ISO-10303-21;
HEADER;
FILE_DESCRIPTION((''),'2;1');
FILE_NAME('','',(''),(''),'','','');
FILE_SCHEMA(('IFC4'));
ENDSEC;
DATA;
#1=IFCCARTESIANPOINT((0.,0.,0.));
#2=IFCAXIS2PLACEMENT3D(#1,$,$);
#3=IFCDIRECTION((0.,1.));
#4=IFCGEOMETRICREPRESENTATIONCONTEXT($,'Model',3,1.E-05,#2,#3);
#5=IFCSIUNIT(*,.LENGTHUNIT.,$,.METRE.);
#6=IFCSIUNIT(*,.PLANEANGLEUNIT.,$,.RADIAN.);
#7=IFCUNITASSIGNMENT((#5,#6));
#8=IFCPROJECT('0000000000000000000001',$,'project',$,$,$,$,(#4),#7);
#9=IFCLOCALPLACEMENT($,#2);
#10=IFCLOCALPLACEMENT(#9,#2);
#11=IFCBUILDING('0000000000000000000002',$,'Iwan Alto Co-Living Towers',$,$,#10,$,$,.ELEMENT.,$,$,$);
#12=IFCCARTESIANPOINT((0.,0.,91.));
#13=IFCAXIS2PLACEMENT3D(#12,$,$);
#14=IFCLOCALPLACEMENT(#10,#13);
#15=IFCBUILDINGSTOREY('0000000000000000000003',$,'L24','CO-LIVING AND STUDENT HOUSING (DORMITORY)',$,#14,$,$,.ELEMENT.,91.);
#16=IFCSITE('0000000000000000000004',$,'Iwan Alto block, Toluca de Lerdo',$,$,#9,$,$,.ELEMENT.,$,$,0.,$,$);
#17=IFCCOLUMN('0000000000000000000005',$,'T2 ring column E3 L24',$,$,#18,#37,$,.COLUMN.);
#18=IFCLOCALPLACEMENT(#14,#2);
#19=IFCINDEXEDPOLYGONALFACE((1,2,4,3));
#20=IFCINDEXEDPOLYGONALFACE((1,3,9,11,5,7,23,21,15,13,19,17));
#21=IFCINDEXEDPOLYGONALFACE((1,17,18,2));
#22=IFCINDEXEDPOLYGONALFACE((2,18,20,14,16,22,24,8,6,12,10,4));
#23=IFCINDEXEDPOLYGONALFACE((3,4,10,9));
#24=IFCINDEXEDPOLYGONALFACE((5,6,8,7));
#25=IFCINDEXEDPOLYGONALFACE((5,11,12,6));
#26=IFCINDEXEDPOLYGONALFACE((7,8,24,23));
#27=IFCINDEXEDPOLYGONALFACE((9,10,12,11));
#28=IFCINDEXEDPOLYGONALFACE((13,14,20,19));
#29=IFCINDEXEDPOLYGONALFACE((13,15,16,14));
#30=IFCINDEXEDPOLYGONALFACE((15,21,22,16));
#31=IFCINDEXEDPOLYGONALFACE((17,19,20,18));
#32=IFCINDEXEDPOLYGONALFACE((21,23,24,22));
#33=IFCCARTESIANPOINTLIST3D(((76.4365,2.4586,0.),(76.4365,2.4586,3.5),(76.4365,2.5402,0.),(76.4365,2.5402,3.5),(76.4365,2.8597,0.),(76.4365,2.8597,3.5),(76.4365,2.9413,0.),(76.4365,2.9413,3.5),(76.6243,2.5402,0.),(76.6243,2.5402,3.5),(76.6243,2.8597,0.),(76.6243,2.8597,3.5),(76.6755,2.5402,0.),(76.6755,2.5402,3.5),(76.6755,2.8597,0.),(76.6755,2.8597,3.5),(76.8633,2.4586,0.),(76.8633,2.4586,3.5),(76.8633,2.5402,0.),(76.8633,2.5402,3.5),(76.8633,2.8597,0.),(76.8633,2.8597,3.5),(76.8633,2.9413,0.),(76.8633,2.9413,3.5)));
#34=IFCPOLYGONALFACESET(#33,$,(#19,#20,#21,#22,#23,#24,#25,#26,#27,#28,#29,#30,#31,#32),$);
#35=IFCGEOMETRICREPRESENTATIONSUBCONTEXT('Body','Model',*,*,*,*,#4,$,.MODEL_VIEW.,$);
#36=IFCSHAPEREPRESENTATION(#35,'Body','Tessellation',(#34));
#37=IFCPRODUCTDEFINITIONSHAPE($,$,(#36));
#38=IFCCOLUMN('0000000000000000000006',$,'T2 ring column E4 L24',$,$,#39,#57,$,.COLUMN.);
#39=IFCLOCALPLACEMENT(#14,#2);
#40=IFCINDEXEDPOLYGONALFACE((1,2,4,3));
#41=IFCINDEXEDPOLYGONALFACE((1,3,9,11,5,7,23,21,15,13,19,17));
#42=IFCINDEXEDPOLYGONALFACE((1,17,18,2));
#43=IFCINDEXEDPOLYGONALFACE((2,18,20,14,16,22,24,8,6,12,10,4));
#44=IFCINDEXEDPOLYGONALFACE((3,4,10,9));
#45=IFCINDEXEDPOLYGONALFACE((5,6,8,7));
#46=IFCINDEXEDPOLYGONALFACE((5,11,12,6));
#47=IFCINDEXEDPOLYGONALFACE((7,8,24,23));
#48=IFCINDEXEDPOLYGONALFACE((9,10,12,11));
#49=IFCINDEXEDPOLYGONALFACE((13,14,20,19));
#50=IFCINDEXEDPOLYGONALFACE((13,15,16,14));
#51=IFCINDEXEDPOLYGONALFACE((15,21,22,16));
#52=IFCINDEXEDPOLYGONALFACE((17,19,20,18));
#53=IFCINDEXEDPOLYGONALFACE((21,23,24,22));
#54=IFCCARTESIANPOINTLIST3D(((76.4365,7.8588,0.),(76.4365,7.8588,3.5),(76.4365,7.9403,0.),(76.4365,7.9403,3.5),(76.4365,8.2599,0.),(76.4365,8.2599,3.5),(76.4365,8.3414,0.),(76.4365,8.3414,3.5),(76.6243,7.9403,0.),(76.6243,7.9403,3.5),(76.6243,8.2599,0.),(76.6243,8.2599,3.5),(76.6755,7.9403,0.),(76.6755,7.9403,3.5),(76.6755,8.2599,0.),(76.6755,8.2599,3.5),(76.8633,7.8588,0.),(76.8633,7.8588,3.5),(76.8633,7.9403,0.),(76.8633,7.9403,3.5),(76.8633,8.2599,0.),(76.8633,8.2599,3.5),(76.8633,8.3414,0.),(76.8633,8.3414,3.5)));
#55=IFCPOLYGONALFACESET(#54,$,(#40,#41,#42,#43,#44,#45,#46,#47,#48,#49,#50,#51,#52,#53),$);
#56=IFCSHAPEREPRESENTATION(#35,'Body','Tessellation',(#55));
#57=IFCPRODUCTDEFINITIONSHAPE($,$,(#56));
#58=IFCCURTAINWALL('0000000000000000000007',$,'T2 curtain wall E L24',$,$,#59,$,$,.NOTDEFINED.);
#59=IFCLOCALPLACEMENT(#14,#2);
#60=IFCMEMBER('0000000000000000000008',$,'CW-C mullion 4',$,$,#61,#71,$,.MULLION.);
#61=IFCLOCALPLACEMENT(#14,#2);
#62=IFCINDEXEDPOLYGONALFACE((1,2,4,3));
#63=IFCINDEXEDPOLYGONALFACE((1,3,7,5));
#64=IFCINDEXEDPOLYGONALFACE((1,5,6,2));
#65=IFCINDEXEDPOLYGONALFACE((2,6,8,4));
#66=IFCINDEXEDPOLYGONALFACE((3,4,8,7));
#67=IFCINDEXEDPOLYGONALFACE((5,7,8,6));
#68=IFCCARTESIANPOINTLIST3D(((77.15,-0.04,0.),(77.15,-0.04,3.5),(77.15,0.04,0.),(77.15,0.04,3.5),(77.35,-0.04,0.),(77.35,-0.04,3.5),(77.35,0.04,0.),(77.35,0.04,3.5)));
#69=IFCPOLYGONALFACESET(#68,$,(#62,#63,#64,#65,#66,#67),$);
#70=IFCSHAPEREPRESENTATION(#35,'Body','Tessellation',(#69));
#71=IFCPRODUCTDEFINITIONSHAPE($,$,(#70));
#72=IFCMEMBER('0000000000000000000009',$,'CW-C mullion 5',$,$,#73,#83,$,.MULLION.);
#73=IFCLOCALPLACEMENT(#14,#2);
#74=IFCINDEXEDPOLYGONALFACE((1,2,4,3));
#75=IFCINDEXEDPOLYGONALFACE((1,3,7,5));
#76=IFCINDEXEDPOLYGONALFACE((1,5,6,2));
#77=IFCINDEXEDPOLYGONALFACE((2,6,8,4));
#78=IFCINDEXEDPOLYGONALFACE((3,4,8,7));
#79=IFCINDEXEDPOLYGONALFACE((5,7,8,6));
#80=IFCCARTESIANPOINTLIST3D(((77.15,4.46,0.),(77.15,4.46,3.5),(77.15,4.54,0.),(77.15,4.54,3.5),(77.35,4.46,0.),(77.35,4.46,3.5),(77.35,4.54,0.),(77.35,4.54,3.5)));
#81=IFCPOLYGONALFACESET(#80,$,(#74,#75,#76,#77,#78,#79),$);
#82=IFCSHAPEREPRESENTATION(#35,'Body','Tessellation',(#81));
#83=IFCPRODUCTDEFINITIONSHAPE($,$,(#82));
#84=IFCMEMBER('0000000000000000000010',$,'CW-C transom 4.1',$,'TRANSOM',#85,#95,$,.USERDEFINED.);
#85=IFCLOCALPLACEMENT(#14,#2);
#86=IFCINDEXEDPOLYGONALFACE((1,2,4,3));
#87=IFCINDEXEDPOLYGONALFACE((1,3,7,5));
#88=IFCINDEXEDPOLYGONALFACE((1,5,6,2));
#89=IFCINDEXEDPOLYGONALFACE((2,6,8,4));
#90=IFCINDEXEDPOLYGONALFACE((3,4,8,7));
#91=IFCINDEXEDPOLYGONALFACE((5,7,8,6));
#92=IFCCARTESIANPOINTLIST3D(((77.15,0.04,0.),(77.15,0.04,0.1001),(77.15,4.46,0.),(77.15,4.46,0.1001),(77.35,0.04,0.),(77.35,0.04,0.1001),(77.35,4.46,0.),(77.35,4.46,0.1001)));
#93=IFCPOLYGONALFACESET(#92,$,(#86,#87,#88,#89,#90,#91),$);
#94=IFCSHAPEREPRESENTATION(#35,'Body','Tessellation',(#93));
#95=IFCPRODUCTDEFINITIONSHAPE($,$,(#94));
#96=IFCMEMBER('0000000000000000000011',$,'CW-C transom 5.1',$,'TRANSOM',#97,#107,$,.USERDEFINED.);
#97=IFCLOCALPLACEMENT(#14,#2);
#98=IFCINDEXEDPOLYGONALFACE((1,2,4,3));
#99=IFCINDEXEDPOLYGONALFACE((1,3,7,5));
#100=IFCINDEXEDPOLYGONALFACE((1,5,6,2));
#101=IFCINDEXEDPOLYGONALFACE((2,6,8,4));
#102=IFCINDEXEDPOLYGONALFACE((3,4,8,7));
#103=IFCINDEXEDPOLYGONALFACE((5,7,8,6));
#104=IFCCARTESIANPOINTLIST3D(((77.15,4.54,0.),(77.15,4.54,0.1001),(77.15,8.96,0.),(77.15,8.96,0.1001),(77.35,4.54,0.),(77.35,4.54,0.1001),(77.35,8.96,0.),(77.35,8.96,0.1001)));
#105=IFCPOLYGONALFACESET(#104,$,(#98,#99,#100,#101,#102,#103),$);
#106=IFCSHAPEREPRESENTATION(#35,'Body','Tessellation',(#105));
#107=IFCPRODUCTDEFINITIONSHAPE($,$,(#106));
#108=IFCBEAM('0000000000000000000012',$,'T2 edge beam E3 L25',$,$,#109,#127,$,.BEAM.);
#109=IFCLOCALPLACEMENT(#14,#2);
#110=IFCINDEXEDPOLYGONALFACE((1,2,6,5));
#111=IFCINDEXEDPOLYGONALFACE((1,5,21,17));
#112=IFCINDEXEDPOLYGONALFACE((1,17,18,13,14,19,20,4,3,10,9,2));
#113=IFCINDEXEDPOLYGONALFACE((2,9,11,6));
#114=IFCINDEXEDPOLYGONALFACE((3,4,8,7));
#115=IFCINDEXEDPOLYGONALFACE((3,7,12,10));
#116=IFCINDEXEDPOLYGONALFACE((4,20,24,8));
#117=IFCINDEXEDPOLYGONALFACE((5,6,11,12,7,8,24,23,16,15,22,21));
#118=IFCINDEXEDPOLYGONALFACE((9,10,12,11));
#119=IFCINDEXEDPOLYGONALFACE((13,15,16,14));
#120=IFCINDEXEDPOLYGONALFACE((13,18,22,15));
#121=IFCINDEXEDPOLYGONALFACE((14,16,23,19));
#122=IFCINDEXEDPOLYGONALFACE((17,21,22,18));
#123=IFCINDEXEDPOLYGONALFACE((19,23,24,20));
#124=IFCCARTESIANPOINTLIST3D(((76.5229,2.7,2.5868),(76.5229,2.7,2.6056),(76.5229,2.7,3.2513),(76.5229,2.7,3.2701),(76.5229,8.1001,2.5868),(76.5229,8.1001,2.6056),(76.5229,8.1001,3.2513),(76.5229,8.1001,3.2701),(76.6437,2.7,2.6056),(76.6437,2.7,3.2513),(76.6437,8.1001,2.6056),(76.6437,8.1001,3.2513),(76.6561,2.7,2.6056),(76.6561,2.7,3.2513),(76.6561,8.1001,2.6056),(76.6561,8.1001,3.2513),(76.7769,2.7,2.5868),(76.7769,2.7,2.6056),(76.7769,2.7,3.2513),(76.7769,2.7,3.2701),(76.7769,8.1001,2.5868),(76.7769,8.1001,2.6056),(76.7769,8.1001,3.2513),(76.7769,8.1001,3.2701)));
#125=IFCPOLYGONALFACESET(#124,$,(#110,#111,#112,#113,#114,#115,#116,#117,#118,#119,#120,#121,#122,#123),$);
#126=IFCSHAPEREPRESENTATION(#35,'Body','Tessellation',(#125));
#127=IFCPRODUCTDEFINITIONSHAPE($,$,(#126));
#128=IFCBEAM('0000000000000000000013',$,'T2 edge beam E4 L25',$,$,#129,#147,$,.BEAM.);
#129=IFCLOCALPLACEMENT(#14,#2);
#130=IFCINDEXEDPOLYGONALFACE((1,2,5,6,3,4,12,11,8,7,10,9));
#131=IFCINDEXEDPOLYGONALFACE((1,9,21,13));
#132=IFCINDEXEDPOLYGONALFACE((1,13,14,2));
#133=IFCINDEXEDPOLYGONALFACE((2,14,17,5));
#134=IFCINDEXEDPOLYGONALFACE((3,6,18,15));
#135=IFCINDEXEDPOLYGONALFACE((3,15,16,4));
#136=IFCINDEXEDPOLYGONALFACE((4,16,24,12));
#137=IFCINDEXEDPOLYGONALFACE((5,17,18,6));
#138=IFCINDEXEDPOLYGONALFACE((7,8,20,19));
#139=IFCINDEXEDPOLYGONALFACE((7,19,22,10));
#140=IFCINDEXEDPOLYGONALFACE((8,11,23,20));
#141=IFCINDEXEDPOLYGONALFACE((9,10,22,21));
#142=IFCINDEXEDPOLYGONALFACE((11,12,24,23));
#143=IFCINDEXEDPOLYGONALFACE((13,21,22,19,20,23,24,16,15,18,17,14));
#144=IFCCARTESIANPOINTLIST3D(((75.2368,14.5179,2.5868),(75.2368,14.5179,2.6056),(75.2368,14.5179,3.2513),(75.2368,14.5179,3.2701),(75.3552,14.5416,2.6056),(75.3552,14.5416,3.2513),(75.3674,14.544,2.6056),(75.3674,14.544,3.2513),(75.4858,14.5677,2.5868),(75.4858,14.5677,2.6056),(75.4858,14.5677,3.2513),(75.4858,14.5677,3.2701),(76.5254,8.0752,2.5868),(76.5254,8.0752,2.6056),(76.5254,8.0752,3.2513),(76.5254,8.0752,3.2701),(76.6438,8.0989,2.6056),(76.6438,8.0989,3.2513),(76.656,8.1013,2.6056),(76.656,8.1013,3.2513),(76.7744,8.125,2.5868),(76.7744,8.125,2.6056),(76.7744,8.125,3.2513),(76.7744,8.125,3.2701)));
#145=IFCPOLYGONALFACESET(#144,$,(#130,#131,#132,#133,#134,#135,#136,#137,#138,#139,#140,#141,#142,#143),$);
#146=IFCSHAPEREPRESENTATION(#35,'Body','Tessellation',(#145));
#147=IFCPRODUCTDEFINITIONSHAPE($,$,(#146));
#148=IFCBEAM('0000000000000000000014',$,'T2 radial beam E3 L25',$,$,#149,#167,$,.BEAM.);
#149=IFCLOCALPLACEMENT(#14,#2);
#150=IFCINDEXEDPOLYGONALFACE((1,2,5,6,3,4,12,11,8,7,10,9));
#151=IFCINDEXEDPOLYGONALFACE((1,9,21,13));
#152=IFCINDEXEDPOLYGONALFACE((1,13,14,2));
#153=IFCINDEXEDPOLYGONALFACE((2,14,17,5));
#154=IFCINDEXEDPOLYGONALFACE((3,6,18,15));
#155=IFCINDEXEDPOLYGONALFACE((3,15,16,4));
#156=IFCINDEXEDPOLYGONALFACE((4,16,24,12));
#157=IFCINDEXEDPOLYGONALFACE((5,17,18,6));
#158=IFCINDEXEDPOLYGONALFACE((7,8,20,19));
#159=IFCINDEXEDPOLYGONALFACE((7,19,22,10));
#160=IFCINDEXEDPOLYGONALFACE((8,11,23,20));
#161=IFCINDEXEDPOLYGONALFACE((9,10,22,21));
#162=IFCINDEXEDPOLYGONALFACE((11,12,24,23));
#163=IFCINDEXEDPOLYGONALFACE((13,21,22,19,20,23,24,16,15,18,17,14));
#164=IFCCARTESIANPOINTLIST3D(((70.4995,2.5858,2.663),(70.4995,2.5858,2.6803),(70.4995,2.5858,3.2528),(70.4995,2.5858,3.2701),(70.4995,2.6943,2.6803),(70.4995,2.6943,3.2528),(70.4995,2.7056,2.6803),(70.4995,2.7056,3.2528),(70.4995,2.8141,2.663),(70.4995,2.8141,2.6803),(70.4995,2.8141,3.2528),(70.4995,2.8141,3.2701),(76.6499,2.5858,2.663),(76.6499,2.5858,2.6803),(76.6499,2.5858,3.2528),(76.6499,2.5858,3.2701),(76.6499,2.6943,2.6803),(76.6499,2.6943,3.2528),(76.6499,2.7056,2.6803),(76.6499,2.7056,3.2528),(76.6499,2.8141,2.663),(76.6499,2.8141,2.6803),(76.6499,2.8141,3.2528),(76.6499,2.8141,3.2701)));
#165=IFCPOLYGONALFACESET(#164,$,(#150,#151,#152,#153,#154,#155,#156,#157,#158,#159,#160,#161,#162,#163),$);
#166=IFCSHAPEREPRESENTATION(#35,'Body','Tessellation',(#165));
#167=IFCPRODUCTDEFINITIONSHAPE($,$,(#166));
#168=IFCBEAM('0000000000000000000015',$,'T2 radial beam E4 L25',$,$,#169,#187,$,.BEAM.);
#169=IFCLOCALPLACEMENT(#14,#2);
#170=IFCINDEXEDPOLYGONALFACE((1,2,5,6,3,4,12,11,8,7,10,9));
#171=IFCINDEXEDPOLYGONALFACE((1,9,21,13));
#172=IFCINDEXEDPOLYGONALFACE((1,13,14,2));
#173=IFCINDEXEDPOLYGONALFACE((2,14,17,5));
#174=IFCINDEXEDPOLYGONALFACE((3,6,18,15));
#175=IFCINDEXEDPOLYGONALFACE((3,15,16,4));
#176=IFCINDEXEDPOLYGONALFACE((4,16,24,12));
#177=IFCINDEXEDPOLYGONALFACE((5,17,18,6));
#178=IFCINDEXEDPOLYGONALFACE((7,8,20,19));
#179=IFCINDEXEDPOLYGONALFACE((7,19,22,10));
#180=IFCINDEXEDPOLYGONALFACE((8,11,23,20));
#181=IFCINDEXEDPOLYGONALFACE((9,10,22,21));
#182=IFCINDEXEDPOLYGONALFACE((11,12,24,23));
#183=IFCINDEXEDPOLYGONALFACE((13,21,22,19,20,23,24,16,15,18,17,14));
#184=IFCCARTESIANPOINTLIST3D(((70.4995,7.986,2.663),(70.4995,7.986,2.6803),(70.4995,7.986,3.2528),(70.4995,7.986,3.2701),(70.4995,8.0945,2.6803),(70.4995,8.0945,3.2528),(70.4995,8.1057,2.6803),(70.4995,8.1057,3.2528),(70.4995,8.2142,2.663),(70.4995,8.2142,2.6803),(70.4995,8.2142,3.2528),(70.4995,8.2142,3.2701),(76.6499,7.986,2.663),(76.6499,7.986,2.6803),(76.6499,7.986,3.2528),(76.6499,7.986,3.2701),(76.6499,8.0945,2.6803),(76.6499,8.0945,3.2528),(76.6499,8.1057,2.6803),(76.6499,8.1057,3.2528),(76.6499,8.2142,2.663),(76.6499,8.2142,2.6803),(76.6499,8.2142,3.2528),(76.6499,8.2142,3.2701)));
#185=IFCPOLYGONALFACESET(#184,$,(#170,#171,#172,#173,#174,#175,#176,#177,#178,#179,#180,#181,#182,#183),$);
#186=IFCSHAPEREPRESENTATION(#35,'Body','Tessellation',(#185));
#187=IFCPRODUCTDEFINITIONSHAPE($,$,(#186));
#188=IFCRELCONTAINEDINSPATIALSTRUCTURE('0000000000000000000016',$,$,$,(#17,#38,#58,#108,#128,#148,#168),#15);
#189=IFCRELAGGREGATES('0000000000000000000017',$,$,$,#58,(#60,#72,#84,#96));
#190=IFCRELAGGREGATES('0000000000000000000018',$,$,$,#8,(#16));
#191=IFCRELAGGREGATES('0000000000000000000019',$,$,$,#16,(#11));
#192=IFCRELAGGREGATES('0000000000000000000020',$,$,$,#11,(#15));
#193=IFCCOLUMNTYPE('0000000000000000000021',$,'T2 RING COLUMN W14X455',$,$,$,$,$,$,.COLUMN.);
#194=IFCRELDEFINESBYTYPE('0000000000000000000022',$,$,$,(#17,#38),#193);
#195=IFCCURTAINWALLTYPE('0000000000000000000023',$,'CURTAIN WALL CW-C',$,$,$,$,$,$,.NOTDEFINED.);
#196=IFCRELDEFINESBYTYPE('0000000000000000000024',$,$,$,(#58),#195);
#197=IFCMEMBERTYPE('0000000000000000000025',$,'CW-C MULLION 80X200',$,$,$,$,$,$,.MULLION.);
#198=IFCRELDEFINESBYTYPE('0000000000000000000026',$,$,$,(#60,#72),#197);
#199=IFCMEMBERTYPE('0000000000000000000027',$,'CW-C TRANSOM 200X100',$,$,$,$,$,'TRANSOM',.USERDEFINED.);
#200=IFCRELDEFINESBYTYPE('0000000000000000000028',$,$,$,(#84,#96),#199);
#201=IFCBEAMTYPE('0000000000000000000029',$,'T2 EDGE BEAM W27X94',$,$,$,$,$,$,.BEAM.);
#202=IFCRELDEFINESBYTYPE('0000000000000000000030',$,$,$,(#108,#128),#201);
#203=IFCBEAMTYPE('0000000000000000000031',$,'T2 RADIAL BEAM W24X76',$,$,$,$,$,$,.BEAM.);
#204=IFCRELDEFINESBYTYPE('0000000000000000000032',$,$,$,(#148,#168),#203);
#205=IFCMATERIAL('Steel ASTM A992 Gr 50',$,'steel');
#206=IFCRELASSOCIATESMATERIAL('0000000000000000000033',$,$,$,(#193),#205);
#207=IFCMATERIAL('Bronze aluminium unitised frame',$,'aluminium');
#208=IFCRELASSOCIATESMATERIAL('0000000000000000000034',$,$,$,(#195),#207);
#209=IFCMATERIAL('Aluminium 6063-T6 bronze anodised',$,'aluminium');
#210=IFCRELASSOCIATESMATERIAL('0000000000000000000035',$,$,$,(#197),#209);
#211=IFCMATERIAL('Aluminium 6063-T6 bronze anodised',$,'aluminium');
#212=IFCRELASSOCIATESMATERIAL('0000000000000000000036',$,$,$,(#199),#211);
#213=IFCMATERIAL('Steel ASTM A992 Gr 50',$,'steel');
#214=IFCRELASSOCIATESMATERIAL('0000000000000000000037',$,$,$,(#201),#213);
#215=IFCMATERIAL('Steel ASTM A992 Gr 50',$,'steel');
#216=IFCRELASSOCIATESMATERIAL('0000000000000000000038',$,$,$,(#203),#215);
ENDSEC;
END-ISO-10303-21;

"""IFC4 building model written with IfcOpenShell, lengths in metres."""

from ifc_helpers import new_model, si_unit, direction, frame, origin, origin_2d, place, context, subcontext, project, spatial, rectangle, i_section, extrude, material, material_profile, profile_set, type_object, element, aggregate, save


model = new_model("IFC4")

# Units and contexts
model_context = context("Model", 3, precision=1e-05, world=origin(), true_north=direction((0.0, 1.0)))
body_context = subcontext(model_context, "Body", "Model", "MODEL_VIEW")
ifc_project = project(units=[si_unit("LENGTHUNIT", "METRE"), si_unit("PLANEANGLEUNIT", "RADIAN")], contexts=[model_context])

# Site, building, storey
site_placement = place(None, origin())
site = spatial("IfcSite", under=ifc_project, at=site_placement, Name="Iwan Alto block, Toluca de Lerdo", CompositionType="ELEMENT", RefElevation=0.0)
building_placement = place(site_placement, origin())
building = spatial("IfcBuilding", under=site, at=building_placement, Name="Iwan Alto Co-Living Towers", CompositionType="ELEMENT")
storey_placement = place(building_placement, frame((0.0, 0.0, 91.0)))
storey = spatial("IfcBuildingStorey", under=building, at=storey_placement, Name="L24", Description="CO-LIVING AND STUDENT HOUSING (DORMITORY)", CompositionType="ELEMENT", Elevation=91.0)

# Columns
ifc_material_1 = material(Name="Steel ASTM A992 Gr 50", Category="steel")
ifc_material_profile_1 = material_profile(ifc_material_1, i_section(OverallWidth=0.4268, OverallDepth=0.4827, WebThickness=0.0513, FlangeThickness=0.0815, at=origin_2d()), Name="W14X455")
ifc_profile_set_1 = profile_set([ifc_material_profile_1], Name="Steel ASTM A992 Gr 50")
column_type = type_object("IfcColumnType", Name="T2 RING COLUMN W14X455", PredefinedType="COLUMN", material=ifc_profile_set_1)
for number, where, z_axis, x_axis, name in (
    (1, (76.6499, 2.7, 0.0), (0.0, 0.0, 1.0), (1.0, 0.0, 0.0), "T2 ring column E3 L24"),
    (2, (76.6499, 8.1001, 0.0), (0.0, 0.0, 1.0), (1.0, 0.0, 0.0), "T2 ring column E4 L24"),
):
    element("IfcColumn", number, at=place(storey_placement, frame(where, z_axis=z_axis, x_axis=x_axis)), inside=storey, type_object=column_type, Name=name, PredefinedType="COLUMN", context=body_context, shape_type="SweptSolid", body=[
        extrude(i_section(OverallWidth=0.4268, OverallDepth=0.4827, WebThickness=0.0513, FlangeThickness=0.0815, at=origin_2d()), origin(), (0.0, 0.0, 1.0), 3.5),
    ])

# Curtain wall, members
ifc_material_2 = material(Name="Bronze aluminium unitised frame", Category="aluminium")
curtain_wall_type = type_object("IfcCurtainWallType", Name="CURTAIN WALL CW-C", PredefinedType="NOTDEFINED", material=ifc_material_2)
curtain_wall_placement = place(storey_placement, origin())
curtain_wall = element("IfcCurtainWall", 3, at=curtain_wall_placement, inside=storey, type_object=curtain_wall_type, Name="T2 curtain wall E L24", PredefinedType="NOTDEFINED")
ifc_material_3 = material(Name="Aluminium 6063-T6 bronze anodised", Category="aluminium")
ifc_material_profile_2 = material_profile(ifc_material_3, rectangle(XDim=0.2, YDim=0.0801, at=origin_2d()), Name="AL 80X200")
ifc_profile_set_2 = profile_set([ifc_material_profile_2], Name="Aluminium 6063-T6 bronze anodised")
member_type_1 = type_object("IfcMemberType", Name="CW-C MULLION 80X200", PredefinedType="MULLION", material=ifc_profile_set_2)
member_1_placement = place(storey_placement, frame((77.25, 0.0, 0.0), z_axis=(0.0, 0.0, 1.0), x_axis=(-1.0, 0.0, 0.0)))
member_1 = element("IfcMember", 4, at=member_1_placement, type_object=member_type_1, Name="CW-C mullion 4", PredefinedType="MULLION", context=body_context, shape_type="SweptSolid", body=[
    extrude(rectangle(XDim=0.2, YDim=0.0801, at=origin_2d()), origin(), (0.0, 0.0, 1.0), 3.5),
])
member_2_placement = place(storey_placement, frame((77.25, 4.5, 0.0), z_axis=(0.0, 0.0, 1.0), x_axis=(-1.0, 0.0, 0.0)))
member_2 = element("IfcMember", 5, at=member_2_placement, type_object=member_type_1, Name="CW-C mullion 5", PredefinedType="MULLION", context=body_context, shape_type="SweptSolid", body=[
    extrude(rectangle(XDim=0.2, YDim=0.0801, at=origin_2d()), origin(), (0.0, 0.0, 1.0), 3.5),
])
ifc_material_4 = material(Name="Aluminium 6063-T6 bronze anodised", Category="aluminium")
ifc_material_profile_3 = material_profile(ifc_material_4, rectangle(XDim=0.2, YDim=0.1001, at=origin_2d()), Name="AL 200X100")
ifc_profile_set_3 = profile_set([ifc_material_profile_3], Name="Aluminium 6063-T6 bronze anodised")
member_type_2 = type_object("IfcMemberType", Name="CW-C TRANSOM 200X100", ElementType="TRANSOM", PredefinedType="USERDEFINED", material=ifc_profile_set_3)
member_3_placement = place(storey_placement, frame((77.25, 0.04, 0.05), z_axis=(0.0, 1.0, 0.0), x_axis=(-1.0, 0.0, 0.0)))
member_3 = element("IfcMember", 6, at=member_3_placement, type_object=member_type_2, Name="CW-C transom 4.1", ObjectType="TRANSOM", PredefinedType="USERDEFINED", context=body_context, shape_type="SweptSolid", body=[
    extrude(rectangle(XDim=0.2, YDim=0.1001, at=origin_2d()), origin(), (0.0, 0.0, 1.0), 4.4199),
])
member_4_placement = place(storey_placement, frame((77.25, 4.54, 0.05), z_axis=(0.0, 1.0, 0.0), x_axis=(-1.0, 0.0, 0.0)))
member_4 = element("IfcMember", 7, at=member_4_placement, type_object=member_type_2, Name="CW-C transom 5.1", ObjectType="TRANSOM", PredefinedType="USERDEFINED", context=body_context, shape_type="SweptSolid", body=[
    extrude(rectangle(XDim=0.2, YDim=0.1001, at=origin_2d()), origin(), (0.0, 0.0, 1.0), 4.4199),
])

# Beams
ifc_material_5 = material(Name="Steel ASTM A992 Gr 50", Category="steel")
ifc_material_profile_4 = material_profile(ifc_material_5, i_section(OverallWidth=0.2539, OverallDepth=0.6833, WebThickness=0.0125, FlangeThickness=0.0188, at=origin_2d()), Name="W27X94")
ifc_profile_set_4 = profile_set([ifc_material_profile_4], Name="Steel ASTM A992 Gr 50")
beam_type_1 = type_object("IfcBeamType", Name="T2 EDGE BEAM W27X94", PredefinedType="BEAM", material=ifc_profile_set_4)
beam_1_placement = place(storey_placement, frame((76.6499, 2.7, 2.9285), z_axis=(0.0, 1.0, 0.0), x_axis=(-1.0, 0.0, 0.0)))
element("IfcBeam", 8, at=beam_1_placement, inside=storey, type_object=beam_type_1, Name="T2 edge beam E3 L25", PredefinedType="BEAM", context=body_context, shape_type="SweptSolid", body=[
    extrude(i_section(OverallWidth=0.2539, OverallDepth=0.6833, WebThickness=0.0125, FlangeThickness=0.0188, at=origin_2d()), origin(), (0.0, 0.0, 1.0), 5.4001),
])
beam_2_placement = place(storey_placement, frame((76.6499, 8.1001, 2.9285), z_axis=(-0.196123, 0.980579, 0.0), x_axis=(-0.980579, -0.196123, 0.0)))
element("IfcBeam", 9, at=beam_2_placement, inside=storey, type_object=beam_type_1, Name="T2 edge beam E4 L25", PredefinedType="BEAM", context=body_context, shape_type="SweptSolid", body=[
    extrude(i_section(OverallWidth=0.2539, OverallDepth=0.6833, WebThickness=0.0125, FlangeThickness=0.0188, at=origin_2d()), origin(), (0.0, 0.0, 1.0), 6.5703),
])
ifc_material_6 = material(Name="Steel ASTM A992 Gr 50", Category="steel")
ifc_material_profile_5 = material_profile(ifc_material_6, i_section(OverallWidth=0.2283, OverallDepth=0.6072, WebThickness=0.0112, FlangeThickness=0.0173, at=origin_2d()), Name="W24X76")
ifc_profile_set_5 = profile_set([ifc_material_profile_5], Name="Steel ASTM A992 Gr 50")
beam_type_2 = type_object("IfcBeamType", Name="T2 RADIAL BEAM W24X76", PredefinedType="BEAM", material=ifc_profile_set_5)
for number, where, z_axis, x_axis, name in (
    (10, (76.6499, 2.7, 2.9666), (-1.0, 0.0, 0.0), (0.0, -1.0, 0.0), "T2 radial beam E3 L25"),
    (11, (76.6499, 8.1001, 2.9666), (-1.0, 0.0, 0.0), (0.0, -1.0, 0.0), "T2 radial beam E4 L25"),
):
    element("IfcBeam", number, at=place(storey_placement, frame(where, z_axis=z_axis, x_axis=x_axis)), inside=storey, type_object=beam_type_2, Name=name, PredefinedType="BEAM", context=body_context, shape_type="SweptSolid", body=[
        extrude(i_section(OverallWidth=0.2283, OverallDepth=0.6072, WebThickness=0.0112, FlangeThickness=0.0173, at=origin_2d()), origin(), (0.0, 0.0, 1.0), 6.1504),
    ])

aggregate(curtain_wall, [member_1, member_2, member_3, member_4])

save(model, "model.ifc")
